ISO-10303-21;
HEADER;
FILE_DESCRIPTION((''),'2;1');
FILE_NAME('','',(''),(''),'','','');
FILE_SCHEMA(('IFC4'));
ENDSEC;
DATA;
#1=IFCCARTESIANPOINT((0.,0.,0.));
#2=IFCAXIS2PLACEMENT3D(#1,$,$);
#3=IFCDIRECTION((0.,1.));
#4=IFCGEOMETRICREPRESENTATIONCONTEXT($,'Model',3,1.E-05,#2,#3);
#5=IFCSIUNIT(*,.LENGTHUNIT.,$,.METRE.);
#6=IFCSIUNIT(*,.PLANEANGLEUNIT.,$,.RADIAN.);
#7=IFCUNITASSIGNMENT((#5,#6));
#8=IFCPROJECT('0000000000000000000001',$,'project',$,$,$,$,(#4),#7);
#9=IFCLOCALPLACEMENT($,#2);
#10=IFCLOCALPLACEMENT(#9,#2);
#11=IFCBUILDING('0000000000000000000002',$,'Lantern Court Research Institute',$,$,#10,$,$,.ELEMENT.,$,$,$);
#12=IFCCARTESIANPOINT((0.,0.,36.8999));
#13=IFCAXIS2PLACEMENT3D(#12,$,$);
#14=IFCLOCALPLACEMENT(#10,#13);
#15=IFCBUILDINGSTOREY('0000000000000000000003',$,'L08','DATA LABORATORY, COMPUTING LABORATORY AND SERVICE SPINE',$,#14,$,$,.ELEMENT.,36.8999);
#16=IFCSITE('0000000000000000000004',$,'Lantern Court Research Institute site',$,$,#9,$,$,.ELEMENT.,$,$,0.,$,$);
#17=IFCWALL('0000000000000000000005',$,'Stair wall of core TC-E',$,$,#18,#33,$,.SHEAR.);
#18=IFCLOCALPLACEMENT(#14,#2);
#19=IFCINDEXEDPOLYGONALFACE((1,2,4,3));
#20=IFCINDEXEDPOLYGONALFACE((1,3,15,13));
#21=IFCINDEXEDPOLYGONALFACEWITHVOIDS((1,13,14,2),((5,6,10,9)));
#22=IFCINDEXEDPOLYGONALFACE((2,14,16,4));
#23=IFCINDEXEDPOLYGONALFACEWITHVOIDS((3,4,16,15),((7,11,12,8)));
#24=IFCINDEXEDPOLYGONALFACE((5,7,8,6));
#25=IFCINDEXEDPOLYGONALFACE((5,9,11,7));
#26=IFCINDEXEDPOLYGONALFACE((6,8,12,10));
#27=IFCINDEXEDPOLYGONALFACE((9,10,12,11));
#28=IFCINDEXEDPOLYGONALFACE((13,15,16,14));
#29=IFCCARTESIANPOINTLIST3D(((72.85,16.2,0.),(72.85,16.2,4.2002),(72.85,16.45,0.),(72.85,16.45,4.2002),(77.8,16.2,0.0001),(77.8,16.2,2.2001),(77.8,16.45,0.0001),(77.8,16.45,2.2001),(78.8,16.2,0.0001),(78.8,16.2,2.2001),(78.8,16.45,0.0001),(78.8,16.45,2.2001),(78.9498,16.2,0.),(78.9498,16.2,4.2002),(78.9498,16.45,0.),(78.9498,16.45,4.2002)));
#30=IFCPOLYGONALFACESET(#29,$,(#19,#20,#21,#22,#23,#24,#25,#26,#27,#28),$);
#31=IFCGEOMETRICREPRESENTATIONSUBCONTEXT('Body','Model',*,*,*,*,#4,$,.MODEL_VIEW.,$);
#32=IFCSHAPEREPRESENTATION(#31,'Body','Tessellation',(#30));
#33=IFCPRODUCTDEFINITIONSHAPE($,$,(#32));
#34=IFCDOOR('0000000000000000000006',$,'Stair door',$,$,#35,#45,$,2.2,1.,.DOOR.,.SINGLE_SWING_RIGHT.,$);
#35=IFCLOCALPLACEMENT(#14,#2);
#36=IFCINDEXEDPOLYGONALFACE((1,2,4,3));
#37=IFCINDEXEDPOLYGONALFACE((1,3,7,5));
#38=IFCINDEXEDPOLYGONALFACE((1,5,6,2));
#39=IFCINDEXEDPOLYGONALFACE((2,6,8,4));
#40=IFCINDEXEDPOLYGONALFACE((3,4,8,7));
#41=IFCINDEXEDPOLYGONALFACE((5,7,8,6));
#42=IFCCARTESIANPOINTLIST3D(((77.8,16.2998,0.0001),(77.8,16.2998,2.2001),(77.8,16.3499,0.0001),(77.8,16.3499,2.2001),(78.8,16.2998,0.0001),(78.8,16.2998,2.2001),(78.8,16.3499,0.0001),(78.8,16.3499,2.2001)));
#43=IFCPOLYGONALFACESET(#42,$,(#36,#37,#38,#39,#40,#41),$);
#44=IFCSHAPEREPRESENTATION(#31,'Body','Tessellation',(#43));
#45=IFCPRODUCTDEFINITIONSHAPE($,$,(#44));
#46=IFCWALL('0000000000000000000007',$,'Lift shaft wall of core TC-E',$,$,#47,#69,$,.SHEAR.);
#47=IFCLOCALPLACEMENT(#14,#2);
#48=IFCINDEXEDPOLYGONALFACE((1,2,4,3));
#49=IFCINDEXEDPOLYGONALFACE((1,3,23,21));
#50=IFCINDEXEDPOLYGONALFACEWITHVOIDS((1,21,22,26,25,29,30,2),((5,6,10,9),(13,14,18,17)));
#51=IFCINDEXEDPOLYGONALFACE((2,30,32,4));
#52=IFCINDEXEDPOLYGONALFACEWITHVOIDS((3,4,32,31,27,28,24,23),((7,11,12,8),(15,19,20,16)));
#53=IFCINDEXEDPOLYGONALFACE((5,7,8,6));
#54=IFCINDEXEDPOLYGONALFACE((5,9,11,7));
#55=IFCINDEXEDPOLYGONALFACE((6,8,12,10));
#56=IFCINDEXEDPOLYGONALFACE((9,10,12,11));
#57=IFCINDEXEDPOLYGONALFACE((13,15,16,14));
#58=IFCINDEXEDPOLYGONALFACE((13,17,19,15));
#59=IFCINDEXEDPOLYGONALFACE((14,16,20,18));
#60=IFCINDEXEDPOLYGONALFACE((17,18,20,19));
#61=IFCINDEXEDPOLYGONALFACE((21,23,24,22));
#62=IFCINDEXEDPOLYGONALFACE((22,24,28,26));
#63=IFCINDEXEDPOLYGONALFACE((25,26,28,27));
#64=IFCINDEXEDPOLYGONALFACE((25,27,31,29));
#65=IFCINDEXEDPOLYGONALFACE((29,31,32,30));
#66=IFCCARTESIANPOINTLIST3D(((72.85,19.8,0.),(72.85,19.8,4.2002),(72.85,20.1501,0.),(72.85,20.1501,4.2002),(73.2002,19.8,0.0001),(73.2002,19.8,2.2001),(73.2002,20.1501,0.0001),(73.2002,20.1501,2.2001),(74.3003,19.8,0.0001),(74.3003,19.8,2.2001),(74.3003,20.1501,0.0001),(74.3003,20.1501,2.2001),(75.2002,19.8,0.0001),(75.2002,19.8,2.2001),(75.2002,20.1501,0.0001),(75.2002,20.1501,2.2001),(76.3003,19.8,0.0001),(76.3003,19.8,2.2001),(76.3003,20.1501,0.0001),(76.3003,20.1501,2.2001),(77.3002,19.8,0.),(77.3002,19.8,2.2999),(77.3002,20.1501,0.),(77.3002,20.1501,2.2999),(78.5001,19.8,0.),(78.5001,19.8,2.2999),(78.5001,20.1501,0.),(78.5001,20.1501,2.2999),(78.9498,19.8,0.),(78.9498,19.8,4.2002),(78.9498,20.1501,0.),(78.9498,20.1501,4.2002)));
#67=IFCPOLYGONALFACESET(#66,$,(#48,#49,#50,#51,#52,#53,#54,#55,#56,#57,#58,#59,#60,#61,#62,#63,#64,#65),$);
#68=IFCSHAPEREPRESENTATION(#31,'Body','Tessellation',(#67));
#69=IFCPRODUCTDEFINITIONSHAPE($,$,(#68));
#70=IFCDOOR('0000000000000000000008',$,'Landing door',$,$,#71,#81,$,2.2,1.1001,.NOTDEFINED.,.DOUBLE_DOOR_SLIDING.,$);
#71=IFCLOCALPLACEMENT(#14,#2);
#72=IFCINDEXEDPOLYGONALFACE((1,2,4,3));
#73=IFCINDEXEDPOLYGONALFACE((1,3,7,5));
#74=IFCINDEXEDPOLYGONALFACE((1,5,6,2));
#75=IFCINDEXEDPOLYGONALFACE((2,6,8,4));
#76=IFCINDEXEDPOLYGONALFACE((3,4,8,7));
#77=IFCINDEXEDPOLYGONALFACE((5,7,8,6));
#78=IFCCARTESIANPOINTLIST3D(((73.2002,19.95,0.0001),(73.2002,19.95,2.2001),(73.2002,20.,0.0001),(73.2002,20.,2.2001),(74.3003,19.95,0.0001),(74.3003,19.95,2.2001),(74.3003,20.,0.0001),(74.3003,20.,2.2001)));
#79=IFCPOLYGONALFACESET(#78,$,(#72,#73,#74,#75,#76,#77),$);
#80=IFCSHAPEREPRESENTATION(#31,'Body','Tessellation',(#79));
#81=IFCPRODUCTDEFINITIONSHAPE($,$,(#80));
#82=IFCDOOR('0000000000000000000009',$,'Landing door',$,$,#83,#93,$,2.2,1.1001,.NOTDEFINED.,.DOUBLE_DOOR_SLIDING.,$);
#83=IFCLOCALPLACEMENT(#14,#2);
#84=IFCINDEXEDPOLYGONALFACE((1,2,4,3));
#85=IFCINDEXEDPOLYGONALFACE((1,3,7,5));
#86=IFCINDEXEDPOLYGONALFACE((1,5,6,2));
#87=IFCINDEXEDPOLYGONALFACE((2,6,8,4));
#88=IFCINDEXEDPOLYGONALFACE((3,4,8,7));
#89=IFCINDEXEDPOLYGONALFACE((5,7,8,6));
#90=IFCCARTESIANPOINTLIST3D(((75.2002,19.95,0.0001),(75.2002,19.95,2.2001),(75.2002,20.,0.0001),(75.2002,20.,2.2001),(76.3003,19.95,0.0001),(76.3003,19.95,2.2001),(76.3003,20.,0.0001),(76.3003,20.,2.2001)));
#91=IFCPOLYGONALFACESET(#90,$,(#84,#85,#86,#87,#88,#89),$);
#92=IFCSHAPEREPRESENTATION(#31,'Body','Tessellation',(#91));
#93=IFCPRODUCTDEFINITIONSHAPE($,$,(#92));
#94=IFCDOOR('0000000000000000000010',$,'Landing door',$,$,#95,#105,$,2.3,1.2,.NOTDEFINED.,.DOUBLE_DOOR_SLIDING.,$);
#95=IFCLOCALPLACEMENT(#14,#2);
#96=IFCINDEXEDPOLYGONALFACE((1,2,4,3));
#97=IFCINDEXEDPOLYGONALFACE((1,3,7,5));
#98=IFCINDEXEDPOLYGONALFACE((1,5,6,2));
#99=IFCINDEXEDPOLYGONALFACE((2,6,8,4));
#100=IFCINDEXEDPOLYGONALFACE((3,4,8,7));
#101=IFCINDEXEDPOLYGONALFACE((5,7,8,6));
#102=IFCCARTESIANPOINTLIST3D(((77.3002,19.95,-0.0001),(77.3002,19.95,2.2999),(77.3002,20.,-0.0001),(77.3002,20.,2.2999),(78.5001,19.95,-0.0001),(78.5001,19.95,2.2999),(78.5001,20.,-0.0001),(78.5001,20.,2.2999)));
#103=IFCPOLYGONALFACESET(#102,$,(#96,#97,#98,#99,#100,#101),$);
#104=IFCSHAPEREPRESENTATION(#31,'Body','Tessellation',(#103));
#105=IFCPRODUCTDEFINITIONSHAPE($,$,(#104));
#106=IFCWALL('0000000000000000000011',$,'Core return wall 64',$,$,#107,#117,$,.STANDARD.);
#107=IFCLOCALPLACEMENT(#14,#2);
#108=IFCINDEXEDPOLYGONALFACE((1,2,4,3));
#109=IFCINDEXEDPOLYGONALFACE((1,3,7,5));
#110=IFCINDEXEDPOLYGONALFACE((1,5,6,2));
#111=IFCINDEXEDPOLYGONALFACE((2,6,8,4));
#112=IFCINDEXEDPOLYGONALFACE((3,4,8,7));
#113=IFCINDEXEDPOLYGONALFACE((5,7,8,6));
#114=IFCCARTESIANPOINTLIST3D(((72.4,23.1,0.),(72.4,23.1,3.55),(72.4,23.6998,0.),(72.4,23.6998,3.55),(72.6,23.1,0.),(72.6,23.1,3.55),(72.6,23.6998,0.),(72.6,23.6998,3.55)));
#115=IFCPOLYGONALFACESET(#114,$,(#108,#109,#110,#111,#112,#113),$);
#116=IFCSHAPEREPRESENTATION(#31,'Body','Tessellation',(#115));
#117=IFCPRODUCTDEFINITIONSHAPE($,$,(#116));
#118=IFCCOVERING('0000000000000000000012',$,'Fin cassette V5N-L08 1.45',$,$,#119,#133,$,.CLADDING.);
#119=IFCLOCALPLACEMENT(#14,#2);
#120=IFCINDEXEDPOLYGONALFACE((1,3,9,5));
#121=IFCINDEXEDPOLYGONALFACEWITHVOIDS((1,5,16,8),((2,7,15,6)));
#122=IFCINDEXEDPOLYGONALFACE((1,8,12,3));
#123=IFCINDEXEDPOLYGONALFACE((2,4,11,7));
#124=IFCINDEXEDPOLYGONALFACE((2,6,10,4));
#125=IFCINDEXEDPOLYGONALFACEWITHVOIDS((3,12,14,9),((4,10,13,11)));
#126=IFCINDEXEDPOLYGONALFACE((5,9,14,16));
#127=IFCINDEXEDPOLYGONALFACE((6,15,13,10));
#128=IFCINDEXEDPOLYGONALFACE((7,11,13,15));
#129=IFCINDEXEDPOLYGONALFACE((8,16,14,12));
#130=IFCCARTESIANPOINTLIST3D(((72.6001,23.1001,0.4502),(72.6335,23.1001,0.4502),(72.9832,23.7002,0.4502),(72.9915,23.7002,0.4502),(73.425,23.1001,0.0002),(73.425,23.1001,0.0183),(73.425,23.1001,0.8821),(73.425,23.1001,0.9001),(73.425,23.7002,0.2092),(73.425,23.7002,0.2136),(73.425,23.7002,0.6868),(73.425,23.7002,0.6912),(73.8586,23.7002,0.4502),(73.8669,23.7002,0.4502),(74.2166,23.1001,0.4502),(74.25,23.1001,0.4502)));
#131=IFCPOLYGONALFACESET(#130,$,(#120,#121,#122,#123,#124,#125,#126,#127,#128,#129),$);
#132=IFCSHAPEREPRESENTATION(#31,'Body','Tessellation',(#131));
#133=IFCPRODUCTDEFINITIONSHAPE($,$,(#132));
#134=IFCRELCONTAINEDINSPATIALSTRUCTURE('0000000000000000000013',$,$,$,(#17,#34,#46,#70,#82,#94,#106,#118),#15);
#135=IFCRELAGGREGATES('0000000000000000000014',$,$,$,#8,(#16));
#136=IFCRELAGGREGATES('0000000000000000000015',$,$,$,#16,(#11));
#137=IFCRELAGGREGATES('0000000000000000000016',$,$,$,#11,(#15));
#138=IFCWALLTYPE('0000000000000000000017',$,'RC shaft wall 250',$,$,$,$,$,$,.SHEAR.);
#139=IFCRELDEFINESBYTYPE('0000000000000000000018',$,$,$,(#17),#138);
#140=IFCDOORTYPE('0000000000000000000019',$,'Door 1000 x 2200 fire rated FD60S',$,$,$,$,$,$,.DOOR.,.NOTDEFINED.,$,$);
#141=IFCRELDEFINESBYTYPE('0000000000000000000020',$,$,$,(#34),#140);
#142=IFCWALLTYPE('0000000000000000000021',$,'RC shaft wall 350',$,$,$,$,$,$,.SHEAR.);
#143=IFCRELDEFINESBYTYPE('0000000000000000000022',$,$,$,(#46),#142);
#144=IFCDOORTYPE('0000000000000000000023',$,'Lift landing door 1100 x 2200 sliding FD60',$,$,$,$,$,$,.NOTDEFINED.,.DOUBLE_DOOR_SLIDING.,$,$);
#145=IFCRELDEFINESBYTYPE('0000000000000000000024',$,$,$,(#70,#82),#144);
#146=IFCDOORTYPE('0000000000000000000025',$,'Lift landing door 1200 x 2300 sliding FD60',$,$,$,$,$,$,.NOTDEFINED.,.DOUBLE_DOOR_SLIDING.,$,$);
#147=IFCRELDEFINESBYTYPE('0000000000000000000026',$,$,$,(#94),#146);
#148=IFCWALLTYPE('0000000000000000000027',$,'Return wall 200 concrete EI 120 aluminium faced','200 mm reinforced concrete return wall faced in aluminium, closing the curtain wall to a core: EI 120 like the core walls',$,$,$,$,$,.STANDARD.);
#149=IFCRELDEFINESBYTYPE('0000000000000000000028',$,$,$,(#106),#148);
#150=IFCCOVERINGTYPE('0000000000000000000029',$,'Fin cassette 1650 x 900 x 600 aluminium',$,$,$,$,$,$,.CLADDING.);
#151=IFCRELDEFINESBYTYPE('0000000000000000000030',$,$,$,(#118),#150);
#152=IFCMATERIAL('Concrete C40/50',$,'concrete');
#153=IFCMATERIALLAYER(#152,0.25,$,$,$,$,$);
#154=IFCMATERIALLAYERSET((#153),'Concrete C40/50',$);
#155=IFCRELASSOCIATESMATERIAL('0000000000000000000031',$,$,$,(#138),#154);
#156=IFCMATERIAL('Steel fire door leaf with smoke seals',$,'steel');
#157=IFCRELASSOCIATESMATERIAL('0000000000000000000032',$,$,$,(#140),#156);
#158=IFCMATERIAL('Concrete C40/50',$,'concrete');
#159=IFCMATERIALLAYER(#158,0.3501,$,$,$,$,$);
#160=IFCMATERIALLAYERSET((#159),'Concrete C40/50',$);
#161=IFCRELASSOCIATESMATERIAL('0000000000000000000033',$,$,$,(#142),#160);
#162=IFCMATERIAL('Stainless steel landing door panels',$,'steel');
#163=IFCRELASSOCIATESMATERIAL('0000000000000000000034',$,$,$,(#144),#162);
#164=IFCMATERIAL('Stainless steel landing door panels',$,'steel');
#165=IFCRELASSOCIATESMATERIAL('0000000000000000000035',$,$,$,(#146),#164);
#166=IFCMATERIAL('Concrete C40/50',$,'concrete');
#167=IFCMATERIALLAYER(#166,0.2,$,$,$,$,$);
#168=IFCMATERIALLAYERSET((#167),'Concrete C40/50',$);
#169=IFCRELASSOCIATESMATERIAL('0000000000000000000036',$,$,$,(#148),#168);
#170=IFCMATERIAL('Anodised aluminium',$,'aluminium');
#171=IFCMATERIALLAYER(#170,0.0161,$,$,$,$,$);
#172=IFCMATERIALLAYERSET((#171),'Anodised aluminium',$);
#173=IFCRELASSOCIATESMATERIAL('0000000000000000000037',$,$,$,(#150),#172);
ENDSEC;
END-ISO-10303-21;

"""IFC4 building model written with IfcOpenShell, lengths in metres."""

from ifc_helpers import new_model, entity, si_unit, direction, frame, frame_2d, origin, place, context, subcontext, project, spatial, rectangle, extrude, material, layer, layer_set, type_object, element, fill, save


model = new_model("IFC4")

# Units and contexts
model_context = context("Model", 3, precision=1e-05, world=origin(), true_north=direction((0.0, 1.0)))
body_context = subcontext(model_context, "Body", "Model", "MODEL_VIEW")
ifc_project = project(units=[si_unit("LENGTHUNIT", "METRE"), si_unit("PLANEANGLEUNIT", "RADIAN")], contexts=[model_context])

# Site, building, storey
site_placement = place(None, origin())
site = spatial("IfcSite", under=ifc_project, at=site_placement, Name="Lantern Court Research Institute site", CompositionType="ELEMENT", RefElevation=0.0)
building_placement = place(site_placement, origin())
building = spatial("IfcBuilding", under=site, at=building_placement, Name="Lantern Court Research Institute", CompositionType="ELEMENT")
storey_placement = place(building_placement, frame((0.0, 0.0, 36.8999)))
storey = spatial("IfcBuildingStorey", under=building, at=storey_placement, Name="L08", Description="DATA LABORATORY, COMPUTING LABORATORY AND SERVICE SPINE", CompositionType="ELEMENT", Elevation=36.8999)

# Wall, opening, door
ifc_material_1 = material(Name="Concrete C40/50", Category="concrete")
ifc_layer_1 = layer(ifc_material_1, 0.25)
ifc_layer_set_1 = layer_set([ifc_layer_1], Name="Concrete C40/50")
wall_type_1 = type_object("IfcWallType", Name="RC shaft wall 250", PredefinedType="SHEAR", material=ifc_layer_set_1)
wall_1_placement = place(storey_placement, frame((72.8501, 16.325, 0.0), z_axis=(0.0, 0.0, 1.0), x_axis=(1.0, 0.0, 0.0)))
wall_1 = element("IfcWall", 1, at=wall_1_placement, inside=storey, type_object=wall_type_1, Name="Stair wall of core TC-E", PredefinedType="SHEAR", context=body_context, shape_type="SweptSolid", body=[
    extrude(rectangle(XDim=6.0999, YDim=0.25, at=frame_2d((3.0498, 0.0))), origin(), (0.0, 0.0, 1.0), 4.2002),
])
opening_1_placement = place(wall_1_placement, frame((4.95, 0.0, 0.0)))
opening_1 = element("IfcOpeningElement", 2, at=opening_1_placement, cuts=wall_1, PredefinedType="OPENING", context=body_context, shape_type="SweptSolid", body=[
    extrude(rectangle(XDim=1.0, YDim=2.2, at=frame_2d((0.5, 1.1001))), frame((0.0, 0.135, 0.0), z_axis=(0.0, -1.0, 0.0), x_axis=(1.0, 0.0, 0.0)), (0.0, 0.0, 1.0), 0.27),
])
ifc_material_2 = material(Name="Steel fire door leaf with smoke seals", Category="steel")
door_type_1 = type_object("IfcDoorType", Name="Door 1000 x 2200 fire rated FD60S", OperationType="NOTDEFINED", PredefinedType="DOOR", material=ifc_material_2)
door_1_placement = place(opening_1_placement, origin())
door_1 = element("IfcDoor", 3, at=door_1_placement, inside=storey, type_object=door_type_1, Name="Stair door", OperationType="SINGLE_SWING_RIGHT", OverallHeight=2.2, OverallWidth=1.0, PredefinedType="DOOR", context=body_context, shape_type="SweptSolid", body=[
    extrude(rectangle(XDim=1.0, YDim=2.2, at=frame_2d((0.5, 1.1001))), frame((0.0, 0.0249, 0.0), z_axis=(0.0, -1.0, 0.0), x_axis=(1.0, 0.0, 0.0)), (0.0, 0.0, 1.0), 0.05),
])
fill(opening_1, door_1)

# Wall, openings, doors
ifc_material_3 = material(Name="Concrete C40/50", Category="concrete")
ifc_layer_2 = layer(ifc_material_3, 0.3501)
ifc_layer_set_2 = layer_set([ifc_layer_2], Name="Concrete C40/50")
wall_type_2 = type_object("IfcWallType", Name="RC shaft wall 350", PredefinedType="SHEAR", material=ifc_layer_set_2)
wall_2_placement = place(storey_placement, frame((72.8501, 19.9751, 0.0), z_axis=(0.0, 0.0, 1.0), x_axis=(1.0, 0.0, 0.0)))
wall_2 = element("IfcWall", 4, at=wall_2_placement, inside=storey, type_object=wall_type_2, Name="Lift shaft wall of core TC-E", PredefinedType="SHEAR", context=body_context, shape_type="SweptSolid", body=[
    extrude(rectangle(XDim=6.0999, YDim=0.3501, at=frame_2d((3.0498, 0.0))), origin(), (0.0, 0.0, 1.0), 4.2002),
])
opening_2_placement = place(wall_2_placement, frame((0.3501, 0.0, 0.0)))
opening_2 = element("IfcOpeningElement", 5, at=opening_2_placement, cuts=wall_2, PredefinedType="OPENING", context=body_context, shape_type="SweptSolid", body=[
    extrude(rectangle(XDim=1.1001, YDim=2.2, at=frame_2d((0.55, 1.1001))), frame((0.0, 0.1851, 0.0), z_axis=(0.0, -1.0, 0.0), x_axis=(1.0, 0.0, 0.0)), (0.0, 0.0, 1.0), 0.3701),
])
opening_3_placement = place(wall_2_placement, frame((2.3501, 0.0, 0.0)))
opening_3 = element("IfcOpeningElement", 6, at=opening_3_placement, cuts=wall_2, PredefinedType="OPENING", context=body_context, shape_type="SweptSolid", body=[
    extrude(rectangle(XDim=1.1001, YDim=2.2, at=frame_2d((0.55, 1.1001))), frame((0.0, 0.1851, 0.0), z_axis=(0.0, -1.0, 0.0), x_axis=(1.0, 0.0, 0.0)), (0.0, 0.0, 1.0), 0.3701),
])
opening_4_placement = place(wall_2_placement, frame((4.45, 0.0, 0.0)))
opening_4 = element("IfcOpeningElement", 7, at=opening_4_placement, cuts=wall_2, PredefinedType="OPENING", context=body_context, shape_type="SweptSolid", body=[
    extrude(rectangle(XDim=1.2, YDim=2.3, at=frame_2d((0.6001, 1.1499))), frame((0.0, 0.1851, 0.0), z_axis=(0.0, -1.0, 0.0), x_axis=(1.0, 0.0, 0.0)), (0.0, 0.0, 1.0), 0.3701),
])
ifc_material_4 = material(Name="Stainless steel landing door panels", Category="steel")
door_type_2 = type_object("IfcDoorType", Name="Lift landing door 1100 x 2200 sliding FD60", OperationType="DOUBLE_DOOR_SLIDING", PredefinedType="NOTDEFINED", material=ifc_material_4)
door_2_placement = place(opening_2_placement, origin())
door_2 = element("IfcDoor", 8, at=door_2_placement, inside=storey, type_object=door_type_2, Name="Landing door", OperationType="DOUBLE_DOOR_SLIDING", OverallHeight=2.2, OverallWidth=1.1001, PredefinedType="NOTDEFINED", context=body_context, shape_type="SweptSolid", body=[
    extrude(rectangle(XDim=1.1001, YDim=2.2, at=frame_2d((0.55, 1.1001))), frame((0.0, 0.0249, 0.0), z_axis=(0.0, -1.0, 0.0), x_axis=(1.0, 0.0, 0.0)), (0.0, 0.0, 1.0), 0.05),
])
fill(opening_2, door_2)
door_3_placement = place(opening_3_placement, origin())
door_3 = element("IfcDoor", 9, at=door_3_placement, inside=storey, type_object=door_type_2, Name="Landing door", OperationType="DOUBLE_DOOR_SLIDING", OverallHeight=2.2, OverallWidth=1.1001, PredefinedType="NOTDEFINED", context=body_context, shape_type="SweptSolid", body=[
    extrude(rectangle(XDim=1.1001, YDim=2.2, at=frame_2d((0.55, 1.1001))), frame((0.0, 0.0249, 0.0), z_axis=(0.0, -1.0, 0.0), x_axis=(1.0, 0.0, 0.0)), (0.0, 0.0, 1.0), 0.05),
])
fill(opening_3, door_3)
ifc_material_5 = material(Name="Stainless steel landing door panels", Category="steel")
door_type_3 = type_object("IfcDoorType", Name="Lift landing door 1200 x 2300 sliding FD60", OperationType="DOUBLE_DOOR_SLIDING", PredefinedType="NOTDEFINED", material=ifc_material_5)
door_4_placement = place(opening_4_placement, origin())
door_4 = element("IfcDoor", 10, at=door_4_placement, inside=storey, type_object=door_type_3, Name="Landing door", OperationType="DOUBLE_DOOR_SLIDING", OverallHeight=2.3, OverallWidth=1.2, PredefinedType="NOTDEFINED", context=body_context, shape_type="SweptSolid", body=[
    extrude(rectangle(XDim=1.2, YDim=2.3, at=frame_2d((0.6001, 1.1499))), frame((0.0, 0.0249, 0.0), z_axis=(0.0, -1.0, 0.0), x_axis=(1.0, 0.0, 0.0)), (0.0, 0.0, 1.0), 0.05),
])
fill(opening_4, door_4)

# Wall
ifc_material_6 = material(Name="Concrete C40/50", Category="concrete")
ifc_layer_3 = layer(ifc_material_6, 0.2)
ifc_layer_set_3 = layer_set([ifc_layer_3], Name="Concrete C40/50")
wall_type_3 = type_object("IfcWallType", Name="Return wall 200 concrete EI 120 aluminium faced", Description="200 mm reinforced concrete return wall faced in aluminium, closing the curtain wall to a core: EI 120 like the core walls", PredefinedType="STANDARD", material=ifc_layer_set_3)
wall_3_placement = place(storey_placement, frame((72.5, 23.1001, 0.0), z_axis=(0.0, 0.0, 1.0), x_axis=(0.0, 1.0, 0.0)))
element("IfcWall", 11, at=wall_3_placement, inside=storey, type_object=wall_type_3, Name="Core return wall 64", PredefinedType="STANDARD", context=body_context, shape_type="SweptSolid", body=[
    extrude(rectangle(XDim=0.5999, YDim=0.2, at=frame_2d((0.2998, 0.0))), origin(), (0.0, 0.0, 1.0), 3.55),
])

# Covering
ifc_material_7 = material(Name="Anodised aluminium", Category="aluminium")
ifc_layer_4 = layer(ifc_material_7, 0.0161)
ifc_layer_set_4 = layer_set([ifc_layer_4], Name="Anodised aluminium")
covering_type = type_object("IfcCoveringType", Name="Fin cassette 1650 x 900 x 600 aluminium", PredefinedType="CLADDING", material=ifc_layer_set_4)
covering_1_placement = place(storey_placement, frame((73.425, 23.1001, 0.4502), z_axis=(0.0, 1.0, 0.0), x_axis=(-1.0, 0.0, 0.0)))
cartesian_point_1 = entity("IfcCartesianPoint", [0.825, 0.0])
cartesian_point_2 = entity("IfcCartesianPoint", [0.7915, 0.0])
cartesian_point_3 = entity("IfcCartesianPoint", [0.4419, 0.0])
cartesian_point_4 = entity("IfcCartesianPoint", [0.4336, 0.0])
element("IfcCovering", 12, at=covering_1_placement, inside=storey, type_object=covering_type, Name="Fin cassette V5N-L08 1.45", PredefinedType="CLADDING", context=body_context, shape_type="SweptSolid", body=[
    entity("IfcExtrudedAreaSolidTapered", entity("IfcArbitraryProfileDefWithVoids", "AREA", None, entity("IfcPolyline", [cartesian_point_1, entity("IfcCartesianPoint", [0.0, 0.45]), entity("IfcCartesianPoint", [-0.825, 0.0]), entity("IfcCartesianPoint", [0.0, -0.45]), cartesian_point_1]), [entity("IfcPolyline", [cartesian_point_2, entity("IfcCartesianPoint", [0.0, 0.4319]), entity("IfcCartesianPoint", [-0.7915, 0.0]), entity("IfcCartesianPoint", [0.0, -0.4319]), cartesian_point_2])]), entity("IfcAxis2Placement3D", entity("IfcCartesianPoint", [0.0, 0.0, 0.0])), entity("IfcDirection", [0.0, 0.0, 1.0]), 0.6001, entity("IfcArbitraryProfileDefWithVoids", "AREA", None, entity("IfcPolyline", [cartesian_point_3, entity("IfcCartesianPoint", [0.0, 0.241]), entity("IfcCartesianPoint", [-0.4419, 0.0]), entity("IfcCartesianPoint", [0.0, -0.241]), cartesian_point_3]), [entity("IfcPolyline", [cartesian_point_4, entity("IfcCartesianPoint", [0.0, 0.2366]), entity("IfcCartesianPoint", [-0.4336, 0.0]), entity("IfcCartesianPoint", [0.0, -0.2366]), cartesian_point_4])])),
])

save(model, "model.ifc")
